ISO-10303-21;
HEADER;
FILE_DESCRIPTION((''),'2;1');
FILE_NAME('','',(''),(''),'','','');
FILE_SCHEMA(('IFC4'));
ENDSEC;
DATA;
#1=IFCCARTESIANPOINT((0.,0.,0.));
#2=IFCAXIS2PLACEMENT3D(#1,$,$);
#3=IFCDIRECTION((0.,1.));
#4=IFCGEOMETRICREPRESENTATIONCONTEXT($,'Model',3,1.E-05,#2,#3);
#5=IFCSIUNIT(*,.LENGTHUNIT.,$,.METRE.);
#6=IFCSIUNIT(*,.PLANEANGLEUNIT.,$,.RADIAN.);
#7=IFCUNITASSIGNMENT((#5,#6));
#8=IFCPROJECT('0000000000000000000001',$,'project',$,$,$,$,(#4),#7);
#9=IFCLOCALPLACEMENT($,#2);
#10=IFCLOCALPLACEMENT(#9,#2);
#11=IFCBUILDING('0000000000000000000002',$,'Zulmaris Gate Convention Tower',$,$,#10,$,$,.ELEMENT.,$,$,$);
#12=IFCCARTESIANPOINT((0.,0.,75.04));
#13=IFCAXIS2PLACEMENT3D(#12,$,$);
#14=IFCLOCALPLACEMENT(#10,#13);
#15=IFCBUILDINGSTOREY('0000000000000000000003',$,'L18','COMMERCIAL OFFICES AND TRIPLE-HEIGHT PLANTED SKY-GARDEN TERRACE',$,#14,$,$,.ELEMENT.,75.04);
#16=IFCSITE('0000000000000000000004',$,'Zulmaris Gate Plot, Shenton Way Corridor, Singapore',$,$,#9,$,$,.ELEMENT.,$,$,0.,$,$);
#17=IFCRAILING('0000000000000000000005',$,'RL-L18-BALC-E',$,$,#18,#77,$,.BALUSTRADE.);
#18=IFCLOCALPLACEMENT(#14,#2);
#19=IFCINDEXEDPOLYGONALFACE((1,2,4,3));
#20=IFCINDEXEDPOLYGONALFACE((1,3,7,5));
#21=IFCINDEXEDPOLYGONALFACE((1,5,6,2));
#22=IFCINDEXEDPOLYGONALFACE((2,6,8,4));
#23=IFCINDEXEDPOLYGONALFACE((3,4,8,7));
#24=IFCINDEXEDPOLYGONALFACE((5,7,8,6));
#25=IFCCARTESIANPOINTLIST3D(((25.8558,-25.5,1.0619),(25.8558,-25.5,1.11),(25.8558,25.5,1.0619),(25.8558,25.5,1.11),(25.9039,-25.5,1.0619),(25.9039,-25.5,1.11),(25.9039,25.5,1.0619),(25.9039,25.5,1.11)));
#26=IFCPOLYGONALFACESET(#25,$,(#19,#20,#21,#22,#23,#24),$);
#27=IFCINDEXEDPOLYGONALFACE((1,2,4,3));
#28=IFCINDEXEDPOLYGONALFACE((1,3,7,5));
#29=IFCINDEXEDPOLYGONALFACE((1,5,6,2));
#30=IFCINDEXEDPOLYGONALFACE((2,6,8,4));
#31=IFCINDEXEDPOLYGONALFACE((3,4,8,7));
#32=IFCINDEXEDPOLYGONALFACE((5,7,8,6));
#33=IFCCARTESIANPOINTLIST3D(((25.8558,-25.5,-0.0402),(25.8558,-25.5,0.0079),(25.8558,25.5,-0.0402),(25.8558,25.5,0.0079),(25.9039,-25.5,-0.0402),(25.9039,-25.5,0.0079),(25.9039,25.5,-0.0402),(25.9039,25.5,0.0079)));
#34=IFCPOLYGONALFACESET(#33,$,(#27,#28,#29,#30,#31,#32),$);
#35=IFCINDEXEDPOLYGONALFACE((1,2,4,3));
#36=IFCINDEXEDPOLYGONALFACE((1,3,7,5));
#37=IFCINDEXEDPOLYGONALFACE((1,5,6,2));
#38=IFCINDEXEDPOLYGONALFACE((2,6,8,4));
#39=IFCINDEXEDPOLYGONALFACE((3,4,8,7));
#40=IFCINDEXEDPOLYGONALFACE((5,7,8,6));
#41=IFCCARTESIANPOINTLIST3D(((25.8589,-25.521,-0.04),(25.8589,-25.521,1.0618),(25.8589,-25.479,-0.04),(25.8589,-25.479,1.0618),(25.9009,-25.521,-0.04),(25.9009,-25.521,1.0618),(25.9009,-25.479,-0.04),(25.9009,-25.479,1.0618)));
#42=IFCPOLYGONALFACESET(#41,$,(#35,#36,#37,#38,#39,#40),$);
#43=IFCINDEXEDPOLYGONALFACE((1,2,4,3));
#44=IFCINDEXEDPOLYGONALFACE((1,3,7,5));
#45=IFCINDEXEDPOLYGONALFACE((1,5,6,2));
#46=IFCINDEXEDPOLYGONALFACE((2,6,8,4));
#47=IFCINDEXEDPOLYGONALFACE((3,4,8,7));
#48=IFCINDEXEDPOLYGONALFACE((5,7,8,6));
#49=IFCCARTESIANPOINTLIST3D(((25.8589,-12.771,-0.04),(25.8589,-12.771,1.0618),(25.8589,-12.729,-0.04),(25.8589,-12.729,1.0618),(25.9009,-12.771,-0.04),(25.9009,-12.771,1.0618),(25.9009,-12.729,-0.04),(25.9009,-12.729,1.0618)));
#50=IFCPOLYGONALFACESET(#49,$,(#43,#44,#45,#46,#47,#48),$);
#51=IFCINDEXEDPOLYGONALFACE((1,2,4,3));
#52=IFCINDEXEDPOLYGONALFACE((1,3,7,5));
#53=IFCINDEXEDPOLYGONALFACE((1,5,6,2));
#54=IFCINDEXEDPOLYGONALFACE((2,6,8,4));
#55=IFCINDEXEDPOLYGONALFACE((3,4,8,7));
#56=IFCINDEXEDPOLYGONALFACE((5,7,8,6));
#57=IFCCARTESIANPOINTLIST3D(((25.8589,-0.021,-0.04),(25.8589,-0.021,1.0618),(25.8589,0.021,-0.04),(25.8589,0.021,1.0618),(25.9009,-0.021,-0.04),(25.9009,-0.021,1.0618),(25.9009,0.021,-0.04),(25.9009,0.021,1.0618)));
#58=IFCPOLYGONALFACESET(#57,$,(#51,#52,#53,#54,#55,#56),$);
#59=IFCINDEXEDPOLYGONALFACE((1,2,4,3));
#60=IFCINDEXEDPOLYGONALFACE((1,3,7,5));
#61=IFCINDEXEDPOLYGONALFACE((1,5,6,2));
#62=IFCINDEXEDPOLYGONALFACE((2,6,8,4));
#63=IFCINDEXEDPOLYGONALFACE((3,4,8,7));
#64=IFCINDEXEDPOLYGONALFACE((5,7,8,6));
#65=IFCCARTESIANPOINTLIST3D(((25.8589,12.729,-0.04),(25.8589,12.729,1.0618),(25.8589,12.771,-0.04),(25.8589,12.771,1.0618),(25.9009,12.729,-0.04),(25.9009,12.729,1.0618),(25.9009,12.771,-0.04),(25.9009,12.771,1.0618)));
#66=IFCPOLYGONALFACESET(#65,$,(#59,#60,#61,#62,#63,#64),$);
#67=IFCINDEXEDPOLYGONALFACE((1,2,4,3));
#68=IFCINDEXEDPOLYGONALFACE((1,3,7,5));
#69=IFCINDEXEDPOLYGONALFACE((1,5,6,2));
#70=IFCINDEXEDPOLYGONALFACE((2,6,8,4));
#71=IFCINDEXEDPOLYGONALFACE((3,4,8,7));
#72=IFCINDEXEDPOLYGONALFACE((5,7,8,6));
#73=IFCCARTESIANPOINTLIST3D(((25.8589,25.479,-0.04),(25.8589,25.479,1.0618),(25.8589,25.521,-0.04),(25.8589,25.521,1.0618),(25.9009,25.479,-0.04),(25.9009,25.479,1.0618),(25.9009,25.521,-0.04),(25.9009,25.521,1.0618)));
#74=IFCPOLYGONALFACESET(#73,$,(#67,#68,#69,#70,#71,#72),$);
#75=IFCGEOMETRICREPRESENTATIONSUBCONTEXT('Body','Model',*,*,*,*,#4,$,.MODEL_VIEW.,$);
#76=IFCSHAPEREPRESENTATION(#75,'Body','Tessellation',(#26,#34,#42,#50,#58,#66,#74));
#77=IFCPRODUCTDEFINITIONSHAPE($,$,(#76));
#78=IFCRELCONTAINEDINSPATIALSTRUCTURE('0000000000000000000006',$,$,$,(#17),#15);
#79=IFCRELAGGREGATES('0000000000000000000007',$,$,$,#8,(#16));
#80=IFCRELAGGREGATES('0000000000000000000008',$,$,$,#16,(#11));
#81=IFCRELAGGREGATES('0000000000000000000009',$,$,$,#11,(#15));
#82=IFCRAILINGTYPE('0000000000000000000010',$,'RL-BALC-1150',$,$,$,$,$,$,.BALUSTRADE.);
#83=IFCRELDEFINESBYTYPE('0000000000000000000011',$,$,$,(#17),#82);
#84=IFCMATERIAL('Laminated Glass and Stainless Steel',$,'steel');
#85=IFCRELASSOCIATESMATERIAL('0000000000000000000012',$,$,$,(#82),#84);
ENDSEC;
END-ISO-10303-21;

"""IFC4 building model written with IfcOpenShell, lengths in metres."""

from ifc_helpers import new_model, si_unit, direction, frame, origin, origin_2d, place, context, subcontext, project, spatial, rectangle, extrude, material, type_object, element, save


model = new_model("IFC4")

# Units and contexts
model_context = context("Model", 3, precision=1e-05, world=origin(), true_north=direction((0.0, 1.0)))
body_context = subcontext(model_context, "Body", "Model", "MODEL_VIEW")
ifc_project = project(units=[si_unit("LENGTHUNIT", "METRE"), si_unit("PLANEANGLEUNIT", "RADIAN")], contexts=[model_context])

# Site, building, storey
site_placement = place(None, origin())
site = spatial("IfcSite", under=ifc_project, at=site_placement, Name="Zulmaris Gate Plot, Shenton Way Corridor, Singapore", CompositionType="ELEMENT", RefElevation=0.0)
building_placement = place(site_placement, origin())
building = spatial("IfcBuilding", under=site, at=building_placement, Name="Zulmaris Gate Convention Tower", CompositionType="ELEMENT")
storey_placement = place(building_placement, frame((0.0, 0.0, 75.04)))
storey = spatial("IfcBuildingStorey", under=building, at=storey_placement, Name="L18", Description="COMMERCIAL OFFICES AND TRIPLE-HEIGHT PLANTED SKY-GARDEN TERRACE", CompositionType="ELEMENT", Elevation=75.04)

# Railing
ifc_material_1 = material(Name="Laminated Glass and Stainless Steel", Category="steel")
railing_type = type_object("IfcRailingType", Name="RL-BALC-1150", PredefinedType="BALUSTRADE", material=ifc_material_1)
railing_placement = place(storey_placement, frame((25.8799, -25.5, -0.04)))
element("IfcRailing", 1, at=railing_placement, inside=storey, type_object=railing_type, Name="RL-L18-BALC-E", PredefinedType="BALUSTRADE", context=body_context, shape_type="SweptSolid", body=[
    extrude(rectangle(XDim=0.0481, YDim=0.0481, at=origin_2d()), frame((0.0, 0.0, 1.126), z_axis=(0.0, 1.0, 0.0), x_axis=(-1.0, 0.0, 0.0)), (0.0, 0.0, 1.0), 51.0),
    extrude(rectangle(XDim=0.0481, YDim=0.0481, at=origin_2d()), frame((0.0, 0.0, 0.0239), z_axis=(0.0, 1.0, 0.0), x_axis=(-1.0, 0.0, 0.0)), (0.0, 0.0, 1.0), 51.0),
    extrude(rectangle(XDim=0.042, YDim=0.042, at=origin_2d()), origin(), (0.0, 0.0, 1.0), 1.1018),
    extrude(rectangle(XDim=0.042, YDim=0.042, at=origin_2d()), frame((0.0, 12.75, 0.0)), (0.0, 0.0, 1.0), 1.1018),
    extrude(rectangle(XDim=0.042, YDim=0.042, at=origin_2d()), frame((0.0, 25.5, 0.0)), (0.0, 0.0, 1.0), 1.1018),
    extrude(rectangle(XDim=0.042, YDim=0.042, at=origin_2d()), frame((0.0, 38.25, 0.0)), (0.0, 0.0, 1.0), 1.1018),
    extrude(rectangle(XDim=0.042, YDim=0.042, at=origin_2d()), frame((0.0, 51.0, 0.0)), (0.0, 0.0, 1.0), 1.1018),
])

save(model, "model.ifc")
